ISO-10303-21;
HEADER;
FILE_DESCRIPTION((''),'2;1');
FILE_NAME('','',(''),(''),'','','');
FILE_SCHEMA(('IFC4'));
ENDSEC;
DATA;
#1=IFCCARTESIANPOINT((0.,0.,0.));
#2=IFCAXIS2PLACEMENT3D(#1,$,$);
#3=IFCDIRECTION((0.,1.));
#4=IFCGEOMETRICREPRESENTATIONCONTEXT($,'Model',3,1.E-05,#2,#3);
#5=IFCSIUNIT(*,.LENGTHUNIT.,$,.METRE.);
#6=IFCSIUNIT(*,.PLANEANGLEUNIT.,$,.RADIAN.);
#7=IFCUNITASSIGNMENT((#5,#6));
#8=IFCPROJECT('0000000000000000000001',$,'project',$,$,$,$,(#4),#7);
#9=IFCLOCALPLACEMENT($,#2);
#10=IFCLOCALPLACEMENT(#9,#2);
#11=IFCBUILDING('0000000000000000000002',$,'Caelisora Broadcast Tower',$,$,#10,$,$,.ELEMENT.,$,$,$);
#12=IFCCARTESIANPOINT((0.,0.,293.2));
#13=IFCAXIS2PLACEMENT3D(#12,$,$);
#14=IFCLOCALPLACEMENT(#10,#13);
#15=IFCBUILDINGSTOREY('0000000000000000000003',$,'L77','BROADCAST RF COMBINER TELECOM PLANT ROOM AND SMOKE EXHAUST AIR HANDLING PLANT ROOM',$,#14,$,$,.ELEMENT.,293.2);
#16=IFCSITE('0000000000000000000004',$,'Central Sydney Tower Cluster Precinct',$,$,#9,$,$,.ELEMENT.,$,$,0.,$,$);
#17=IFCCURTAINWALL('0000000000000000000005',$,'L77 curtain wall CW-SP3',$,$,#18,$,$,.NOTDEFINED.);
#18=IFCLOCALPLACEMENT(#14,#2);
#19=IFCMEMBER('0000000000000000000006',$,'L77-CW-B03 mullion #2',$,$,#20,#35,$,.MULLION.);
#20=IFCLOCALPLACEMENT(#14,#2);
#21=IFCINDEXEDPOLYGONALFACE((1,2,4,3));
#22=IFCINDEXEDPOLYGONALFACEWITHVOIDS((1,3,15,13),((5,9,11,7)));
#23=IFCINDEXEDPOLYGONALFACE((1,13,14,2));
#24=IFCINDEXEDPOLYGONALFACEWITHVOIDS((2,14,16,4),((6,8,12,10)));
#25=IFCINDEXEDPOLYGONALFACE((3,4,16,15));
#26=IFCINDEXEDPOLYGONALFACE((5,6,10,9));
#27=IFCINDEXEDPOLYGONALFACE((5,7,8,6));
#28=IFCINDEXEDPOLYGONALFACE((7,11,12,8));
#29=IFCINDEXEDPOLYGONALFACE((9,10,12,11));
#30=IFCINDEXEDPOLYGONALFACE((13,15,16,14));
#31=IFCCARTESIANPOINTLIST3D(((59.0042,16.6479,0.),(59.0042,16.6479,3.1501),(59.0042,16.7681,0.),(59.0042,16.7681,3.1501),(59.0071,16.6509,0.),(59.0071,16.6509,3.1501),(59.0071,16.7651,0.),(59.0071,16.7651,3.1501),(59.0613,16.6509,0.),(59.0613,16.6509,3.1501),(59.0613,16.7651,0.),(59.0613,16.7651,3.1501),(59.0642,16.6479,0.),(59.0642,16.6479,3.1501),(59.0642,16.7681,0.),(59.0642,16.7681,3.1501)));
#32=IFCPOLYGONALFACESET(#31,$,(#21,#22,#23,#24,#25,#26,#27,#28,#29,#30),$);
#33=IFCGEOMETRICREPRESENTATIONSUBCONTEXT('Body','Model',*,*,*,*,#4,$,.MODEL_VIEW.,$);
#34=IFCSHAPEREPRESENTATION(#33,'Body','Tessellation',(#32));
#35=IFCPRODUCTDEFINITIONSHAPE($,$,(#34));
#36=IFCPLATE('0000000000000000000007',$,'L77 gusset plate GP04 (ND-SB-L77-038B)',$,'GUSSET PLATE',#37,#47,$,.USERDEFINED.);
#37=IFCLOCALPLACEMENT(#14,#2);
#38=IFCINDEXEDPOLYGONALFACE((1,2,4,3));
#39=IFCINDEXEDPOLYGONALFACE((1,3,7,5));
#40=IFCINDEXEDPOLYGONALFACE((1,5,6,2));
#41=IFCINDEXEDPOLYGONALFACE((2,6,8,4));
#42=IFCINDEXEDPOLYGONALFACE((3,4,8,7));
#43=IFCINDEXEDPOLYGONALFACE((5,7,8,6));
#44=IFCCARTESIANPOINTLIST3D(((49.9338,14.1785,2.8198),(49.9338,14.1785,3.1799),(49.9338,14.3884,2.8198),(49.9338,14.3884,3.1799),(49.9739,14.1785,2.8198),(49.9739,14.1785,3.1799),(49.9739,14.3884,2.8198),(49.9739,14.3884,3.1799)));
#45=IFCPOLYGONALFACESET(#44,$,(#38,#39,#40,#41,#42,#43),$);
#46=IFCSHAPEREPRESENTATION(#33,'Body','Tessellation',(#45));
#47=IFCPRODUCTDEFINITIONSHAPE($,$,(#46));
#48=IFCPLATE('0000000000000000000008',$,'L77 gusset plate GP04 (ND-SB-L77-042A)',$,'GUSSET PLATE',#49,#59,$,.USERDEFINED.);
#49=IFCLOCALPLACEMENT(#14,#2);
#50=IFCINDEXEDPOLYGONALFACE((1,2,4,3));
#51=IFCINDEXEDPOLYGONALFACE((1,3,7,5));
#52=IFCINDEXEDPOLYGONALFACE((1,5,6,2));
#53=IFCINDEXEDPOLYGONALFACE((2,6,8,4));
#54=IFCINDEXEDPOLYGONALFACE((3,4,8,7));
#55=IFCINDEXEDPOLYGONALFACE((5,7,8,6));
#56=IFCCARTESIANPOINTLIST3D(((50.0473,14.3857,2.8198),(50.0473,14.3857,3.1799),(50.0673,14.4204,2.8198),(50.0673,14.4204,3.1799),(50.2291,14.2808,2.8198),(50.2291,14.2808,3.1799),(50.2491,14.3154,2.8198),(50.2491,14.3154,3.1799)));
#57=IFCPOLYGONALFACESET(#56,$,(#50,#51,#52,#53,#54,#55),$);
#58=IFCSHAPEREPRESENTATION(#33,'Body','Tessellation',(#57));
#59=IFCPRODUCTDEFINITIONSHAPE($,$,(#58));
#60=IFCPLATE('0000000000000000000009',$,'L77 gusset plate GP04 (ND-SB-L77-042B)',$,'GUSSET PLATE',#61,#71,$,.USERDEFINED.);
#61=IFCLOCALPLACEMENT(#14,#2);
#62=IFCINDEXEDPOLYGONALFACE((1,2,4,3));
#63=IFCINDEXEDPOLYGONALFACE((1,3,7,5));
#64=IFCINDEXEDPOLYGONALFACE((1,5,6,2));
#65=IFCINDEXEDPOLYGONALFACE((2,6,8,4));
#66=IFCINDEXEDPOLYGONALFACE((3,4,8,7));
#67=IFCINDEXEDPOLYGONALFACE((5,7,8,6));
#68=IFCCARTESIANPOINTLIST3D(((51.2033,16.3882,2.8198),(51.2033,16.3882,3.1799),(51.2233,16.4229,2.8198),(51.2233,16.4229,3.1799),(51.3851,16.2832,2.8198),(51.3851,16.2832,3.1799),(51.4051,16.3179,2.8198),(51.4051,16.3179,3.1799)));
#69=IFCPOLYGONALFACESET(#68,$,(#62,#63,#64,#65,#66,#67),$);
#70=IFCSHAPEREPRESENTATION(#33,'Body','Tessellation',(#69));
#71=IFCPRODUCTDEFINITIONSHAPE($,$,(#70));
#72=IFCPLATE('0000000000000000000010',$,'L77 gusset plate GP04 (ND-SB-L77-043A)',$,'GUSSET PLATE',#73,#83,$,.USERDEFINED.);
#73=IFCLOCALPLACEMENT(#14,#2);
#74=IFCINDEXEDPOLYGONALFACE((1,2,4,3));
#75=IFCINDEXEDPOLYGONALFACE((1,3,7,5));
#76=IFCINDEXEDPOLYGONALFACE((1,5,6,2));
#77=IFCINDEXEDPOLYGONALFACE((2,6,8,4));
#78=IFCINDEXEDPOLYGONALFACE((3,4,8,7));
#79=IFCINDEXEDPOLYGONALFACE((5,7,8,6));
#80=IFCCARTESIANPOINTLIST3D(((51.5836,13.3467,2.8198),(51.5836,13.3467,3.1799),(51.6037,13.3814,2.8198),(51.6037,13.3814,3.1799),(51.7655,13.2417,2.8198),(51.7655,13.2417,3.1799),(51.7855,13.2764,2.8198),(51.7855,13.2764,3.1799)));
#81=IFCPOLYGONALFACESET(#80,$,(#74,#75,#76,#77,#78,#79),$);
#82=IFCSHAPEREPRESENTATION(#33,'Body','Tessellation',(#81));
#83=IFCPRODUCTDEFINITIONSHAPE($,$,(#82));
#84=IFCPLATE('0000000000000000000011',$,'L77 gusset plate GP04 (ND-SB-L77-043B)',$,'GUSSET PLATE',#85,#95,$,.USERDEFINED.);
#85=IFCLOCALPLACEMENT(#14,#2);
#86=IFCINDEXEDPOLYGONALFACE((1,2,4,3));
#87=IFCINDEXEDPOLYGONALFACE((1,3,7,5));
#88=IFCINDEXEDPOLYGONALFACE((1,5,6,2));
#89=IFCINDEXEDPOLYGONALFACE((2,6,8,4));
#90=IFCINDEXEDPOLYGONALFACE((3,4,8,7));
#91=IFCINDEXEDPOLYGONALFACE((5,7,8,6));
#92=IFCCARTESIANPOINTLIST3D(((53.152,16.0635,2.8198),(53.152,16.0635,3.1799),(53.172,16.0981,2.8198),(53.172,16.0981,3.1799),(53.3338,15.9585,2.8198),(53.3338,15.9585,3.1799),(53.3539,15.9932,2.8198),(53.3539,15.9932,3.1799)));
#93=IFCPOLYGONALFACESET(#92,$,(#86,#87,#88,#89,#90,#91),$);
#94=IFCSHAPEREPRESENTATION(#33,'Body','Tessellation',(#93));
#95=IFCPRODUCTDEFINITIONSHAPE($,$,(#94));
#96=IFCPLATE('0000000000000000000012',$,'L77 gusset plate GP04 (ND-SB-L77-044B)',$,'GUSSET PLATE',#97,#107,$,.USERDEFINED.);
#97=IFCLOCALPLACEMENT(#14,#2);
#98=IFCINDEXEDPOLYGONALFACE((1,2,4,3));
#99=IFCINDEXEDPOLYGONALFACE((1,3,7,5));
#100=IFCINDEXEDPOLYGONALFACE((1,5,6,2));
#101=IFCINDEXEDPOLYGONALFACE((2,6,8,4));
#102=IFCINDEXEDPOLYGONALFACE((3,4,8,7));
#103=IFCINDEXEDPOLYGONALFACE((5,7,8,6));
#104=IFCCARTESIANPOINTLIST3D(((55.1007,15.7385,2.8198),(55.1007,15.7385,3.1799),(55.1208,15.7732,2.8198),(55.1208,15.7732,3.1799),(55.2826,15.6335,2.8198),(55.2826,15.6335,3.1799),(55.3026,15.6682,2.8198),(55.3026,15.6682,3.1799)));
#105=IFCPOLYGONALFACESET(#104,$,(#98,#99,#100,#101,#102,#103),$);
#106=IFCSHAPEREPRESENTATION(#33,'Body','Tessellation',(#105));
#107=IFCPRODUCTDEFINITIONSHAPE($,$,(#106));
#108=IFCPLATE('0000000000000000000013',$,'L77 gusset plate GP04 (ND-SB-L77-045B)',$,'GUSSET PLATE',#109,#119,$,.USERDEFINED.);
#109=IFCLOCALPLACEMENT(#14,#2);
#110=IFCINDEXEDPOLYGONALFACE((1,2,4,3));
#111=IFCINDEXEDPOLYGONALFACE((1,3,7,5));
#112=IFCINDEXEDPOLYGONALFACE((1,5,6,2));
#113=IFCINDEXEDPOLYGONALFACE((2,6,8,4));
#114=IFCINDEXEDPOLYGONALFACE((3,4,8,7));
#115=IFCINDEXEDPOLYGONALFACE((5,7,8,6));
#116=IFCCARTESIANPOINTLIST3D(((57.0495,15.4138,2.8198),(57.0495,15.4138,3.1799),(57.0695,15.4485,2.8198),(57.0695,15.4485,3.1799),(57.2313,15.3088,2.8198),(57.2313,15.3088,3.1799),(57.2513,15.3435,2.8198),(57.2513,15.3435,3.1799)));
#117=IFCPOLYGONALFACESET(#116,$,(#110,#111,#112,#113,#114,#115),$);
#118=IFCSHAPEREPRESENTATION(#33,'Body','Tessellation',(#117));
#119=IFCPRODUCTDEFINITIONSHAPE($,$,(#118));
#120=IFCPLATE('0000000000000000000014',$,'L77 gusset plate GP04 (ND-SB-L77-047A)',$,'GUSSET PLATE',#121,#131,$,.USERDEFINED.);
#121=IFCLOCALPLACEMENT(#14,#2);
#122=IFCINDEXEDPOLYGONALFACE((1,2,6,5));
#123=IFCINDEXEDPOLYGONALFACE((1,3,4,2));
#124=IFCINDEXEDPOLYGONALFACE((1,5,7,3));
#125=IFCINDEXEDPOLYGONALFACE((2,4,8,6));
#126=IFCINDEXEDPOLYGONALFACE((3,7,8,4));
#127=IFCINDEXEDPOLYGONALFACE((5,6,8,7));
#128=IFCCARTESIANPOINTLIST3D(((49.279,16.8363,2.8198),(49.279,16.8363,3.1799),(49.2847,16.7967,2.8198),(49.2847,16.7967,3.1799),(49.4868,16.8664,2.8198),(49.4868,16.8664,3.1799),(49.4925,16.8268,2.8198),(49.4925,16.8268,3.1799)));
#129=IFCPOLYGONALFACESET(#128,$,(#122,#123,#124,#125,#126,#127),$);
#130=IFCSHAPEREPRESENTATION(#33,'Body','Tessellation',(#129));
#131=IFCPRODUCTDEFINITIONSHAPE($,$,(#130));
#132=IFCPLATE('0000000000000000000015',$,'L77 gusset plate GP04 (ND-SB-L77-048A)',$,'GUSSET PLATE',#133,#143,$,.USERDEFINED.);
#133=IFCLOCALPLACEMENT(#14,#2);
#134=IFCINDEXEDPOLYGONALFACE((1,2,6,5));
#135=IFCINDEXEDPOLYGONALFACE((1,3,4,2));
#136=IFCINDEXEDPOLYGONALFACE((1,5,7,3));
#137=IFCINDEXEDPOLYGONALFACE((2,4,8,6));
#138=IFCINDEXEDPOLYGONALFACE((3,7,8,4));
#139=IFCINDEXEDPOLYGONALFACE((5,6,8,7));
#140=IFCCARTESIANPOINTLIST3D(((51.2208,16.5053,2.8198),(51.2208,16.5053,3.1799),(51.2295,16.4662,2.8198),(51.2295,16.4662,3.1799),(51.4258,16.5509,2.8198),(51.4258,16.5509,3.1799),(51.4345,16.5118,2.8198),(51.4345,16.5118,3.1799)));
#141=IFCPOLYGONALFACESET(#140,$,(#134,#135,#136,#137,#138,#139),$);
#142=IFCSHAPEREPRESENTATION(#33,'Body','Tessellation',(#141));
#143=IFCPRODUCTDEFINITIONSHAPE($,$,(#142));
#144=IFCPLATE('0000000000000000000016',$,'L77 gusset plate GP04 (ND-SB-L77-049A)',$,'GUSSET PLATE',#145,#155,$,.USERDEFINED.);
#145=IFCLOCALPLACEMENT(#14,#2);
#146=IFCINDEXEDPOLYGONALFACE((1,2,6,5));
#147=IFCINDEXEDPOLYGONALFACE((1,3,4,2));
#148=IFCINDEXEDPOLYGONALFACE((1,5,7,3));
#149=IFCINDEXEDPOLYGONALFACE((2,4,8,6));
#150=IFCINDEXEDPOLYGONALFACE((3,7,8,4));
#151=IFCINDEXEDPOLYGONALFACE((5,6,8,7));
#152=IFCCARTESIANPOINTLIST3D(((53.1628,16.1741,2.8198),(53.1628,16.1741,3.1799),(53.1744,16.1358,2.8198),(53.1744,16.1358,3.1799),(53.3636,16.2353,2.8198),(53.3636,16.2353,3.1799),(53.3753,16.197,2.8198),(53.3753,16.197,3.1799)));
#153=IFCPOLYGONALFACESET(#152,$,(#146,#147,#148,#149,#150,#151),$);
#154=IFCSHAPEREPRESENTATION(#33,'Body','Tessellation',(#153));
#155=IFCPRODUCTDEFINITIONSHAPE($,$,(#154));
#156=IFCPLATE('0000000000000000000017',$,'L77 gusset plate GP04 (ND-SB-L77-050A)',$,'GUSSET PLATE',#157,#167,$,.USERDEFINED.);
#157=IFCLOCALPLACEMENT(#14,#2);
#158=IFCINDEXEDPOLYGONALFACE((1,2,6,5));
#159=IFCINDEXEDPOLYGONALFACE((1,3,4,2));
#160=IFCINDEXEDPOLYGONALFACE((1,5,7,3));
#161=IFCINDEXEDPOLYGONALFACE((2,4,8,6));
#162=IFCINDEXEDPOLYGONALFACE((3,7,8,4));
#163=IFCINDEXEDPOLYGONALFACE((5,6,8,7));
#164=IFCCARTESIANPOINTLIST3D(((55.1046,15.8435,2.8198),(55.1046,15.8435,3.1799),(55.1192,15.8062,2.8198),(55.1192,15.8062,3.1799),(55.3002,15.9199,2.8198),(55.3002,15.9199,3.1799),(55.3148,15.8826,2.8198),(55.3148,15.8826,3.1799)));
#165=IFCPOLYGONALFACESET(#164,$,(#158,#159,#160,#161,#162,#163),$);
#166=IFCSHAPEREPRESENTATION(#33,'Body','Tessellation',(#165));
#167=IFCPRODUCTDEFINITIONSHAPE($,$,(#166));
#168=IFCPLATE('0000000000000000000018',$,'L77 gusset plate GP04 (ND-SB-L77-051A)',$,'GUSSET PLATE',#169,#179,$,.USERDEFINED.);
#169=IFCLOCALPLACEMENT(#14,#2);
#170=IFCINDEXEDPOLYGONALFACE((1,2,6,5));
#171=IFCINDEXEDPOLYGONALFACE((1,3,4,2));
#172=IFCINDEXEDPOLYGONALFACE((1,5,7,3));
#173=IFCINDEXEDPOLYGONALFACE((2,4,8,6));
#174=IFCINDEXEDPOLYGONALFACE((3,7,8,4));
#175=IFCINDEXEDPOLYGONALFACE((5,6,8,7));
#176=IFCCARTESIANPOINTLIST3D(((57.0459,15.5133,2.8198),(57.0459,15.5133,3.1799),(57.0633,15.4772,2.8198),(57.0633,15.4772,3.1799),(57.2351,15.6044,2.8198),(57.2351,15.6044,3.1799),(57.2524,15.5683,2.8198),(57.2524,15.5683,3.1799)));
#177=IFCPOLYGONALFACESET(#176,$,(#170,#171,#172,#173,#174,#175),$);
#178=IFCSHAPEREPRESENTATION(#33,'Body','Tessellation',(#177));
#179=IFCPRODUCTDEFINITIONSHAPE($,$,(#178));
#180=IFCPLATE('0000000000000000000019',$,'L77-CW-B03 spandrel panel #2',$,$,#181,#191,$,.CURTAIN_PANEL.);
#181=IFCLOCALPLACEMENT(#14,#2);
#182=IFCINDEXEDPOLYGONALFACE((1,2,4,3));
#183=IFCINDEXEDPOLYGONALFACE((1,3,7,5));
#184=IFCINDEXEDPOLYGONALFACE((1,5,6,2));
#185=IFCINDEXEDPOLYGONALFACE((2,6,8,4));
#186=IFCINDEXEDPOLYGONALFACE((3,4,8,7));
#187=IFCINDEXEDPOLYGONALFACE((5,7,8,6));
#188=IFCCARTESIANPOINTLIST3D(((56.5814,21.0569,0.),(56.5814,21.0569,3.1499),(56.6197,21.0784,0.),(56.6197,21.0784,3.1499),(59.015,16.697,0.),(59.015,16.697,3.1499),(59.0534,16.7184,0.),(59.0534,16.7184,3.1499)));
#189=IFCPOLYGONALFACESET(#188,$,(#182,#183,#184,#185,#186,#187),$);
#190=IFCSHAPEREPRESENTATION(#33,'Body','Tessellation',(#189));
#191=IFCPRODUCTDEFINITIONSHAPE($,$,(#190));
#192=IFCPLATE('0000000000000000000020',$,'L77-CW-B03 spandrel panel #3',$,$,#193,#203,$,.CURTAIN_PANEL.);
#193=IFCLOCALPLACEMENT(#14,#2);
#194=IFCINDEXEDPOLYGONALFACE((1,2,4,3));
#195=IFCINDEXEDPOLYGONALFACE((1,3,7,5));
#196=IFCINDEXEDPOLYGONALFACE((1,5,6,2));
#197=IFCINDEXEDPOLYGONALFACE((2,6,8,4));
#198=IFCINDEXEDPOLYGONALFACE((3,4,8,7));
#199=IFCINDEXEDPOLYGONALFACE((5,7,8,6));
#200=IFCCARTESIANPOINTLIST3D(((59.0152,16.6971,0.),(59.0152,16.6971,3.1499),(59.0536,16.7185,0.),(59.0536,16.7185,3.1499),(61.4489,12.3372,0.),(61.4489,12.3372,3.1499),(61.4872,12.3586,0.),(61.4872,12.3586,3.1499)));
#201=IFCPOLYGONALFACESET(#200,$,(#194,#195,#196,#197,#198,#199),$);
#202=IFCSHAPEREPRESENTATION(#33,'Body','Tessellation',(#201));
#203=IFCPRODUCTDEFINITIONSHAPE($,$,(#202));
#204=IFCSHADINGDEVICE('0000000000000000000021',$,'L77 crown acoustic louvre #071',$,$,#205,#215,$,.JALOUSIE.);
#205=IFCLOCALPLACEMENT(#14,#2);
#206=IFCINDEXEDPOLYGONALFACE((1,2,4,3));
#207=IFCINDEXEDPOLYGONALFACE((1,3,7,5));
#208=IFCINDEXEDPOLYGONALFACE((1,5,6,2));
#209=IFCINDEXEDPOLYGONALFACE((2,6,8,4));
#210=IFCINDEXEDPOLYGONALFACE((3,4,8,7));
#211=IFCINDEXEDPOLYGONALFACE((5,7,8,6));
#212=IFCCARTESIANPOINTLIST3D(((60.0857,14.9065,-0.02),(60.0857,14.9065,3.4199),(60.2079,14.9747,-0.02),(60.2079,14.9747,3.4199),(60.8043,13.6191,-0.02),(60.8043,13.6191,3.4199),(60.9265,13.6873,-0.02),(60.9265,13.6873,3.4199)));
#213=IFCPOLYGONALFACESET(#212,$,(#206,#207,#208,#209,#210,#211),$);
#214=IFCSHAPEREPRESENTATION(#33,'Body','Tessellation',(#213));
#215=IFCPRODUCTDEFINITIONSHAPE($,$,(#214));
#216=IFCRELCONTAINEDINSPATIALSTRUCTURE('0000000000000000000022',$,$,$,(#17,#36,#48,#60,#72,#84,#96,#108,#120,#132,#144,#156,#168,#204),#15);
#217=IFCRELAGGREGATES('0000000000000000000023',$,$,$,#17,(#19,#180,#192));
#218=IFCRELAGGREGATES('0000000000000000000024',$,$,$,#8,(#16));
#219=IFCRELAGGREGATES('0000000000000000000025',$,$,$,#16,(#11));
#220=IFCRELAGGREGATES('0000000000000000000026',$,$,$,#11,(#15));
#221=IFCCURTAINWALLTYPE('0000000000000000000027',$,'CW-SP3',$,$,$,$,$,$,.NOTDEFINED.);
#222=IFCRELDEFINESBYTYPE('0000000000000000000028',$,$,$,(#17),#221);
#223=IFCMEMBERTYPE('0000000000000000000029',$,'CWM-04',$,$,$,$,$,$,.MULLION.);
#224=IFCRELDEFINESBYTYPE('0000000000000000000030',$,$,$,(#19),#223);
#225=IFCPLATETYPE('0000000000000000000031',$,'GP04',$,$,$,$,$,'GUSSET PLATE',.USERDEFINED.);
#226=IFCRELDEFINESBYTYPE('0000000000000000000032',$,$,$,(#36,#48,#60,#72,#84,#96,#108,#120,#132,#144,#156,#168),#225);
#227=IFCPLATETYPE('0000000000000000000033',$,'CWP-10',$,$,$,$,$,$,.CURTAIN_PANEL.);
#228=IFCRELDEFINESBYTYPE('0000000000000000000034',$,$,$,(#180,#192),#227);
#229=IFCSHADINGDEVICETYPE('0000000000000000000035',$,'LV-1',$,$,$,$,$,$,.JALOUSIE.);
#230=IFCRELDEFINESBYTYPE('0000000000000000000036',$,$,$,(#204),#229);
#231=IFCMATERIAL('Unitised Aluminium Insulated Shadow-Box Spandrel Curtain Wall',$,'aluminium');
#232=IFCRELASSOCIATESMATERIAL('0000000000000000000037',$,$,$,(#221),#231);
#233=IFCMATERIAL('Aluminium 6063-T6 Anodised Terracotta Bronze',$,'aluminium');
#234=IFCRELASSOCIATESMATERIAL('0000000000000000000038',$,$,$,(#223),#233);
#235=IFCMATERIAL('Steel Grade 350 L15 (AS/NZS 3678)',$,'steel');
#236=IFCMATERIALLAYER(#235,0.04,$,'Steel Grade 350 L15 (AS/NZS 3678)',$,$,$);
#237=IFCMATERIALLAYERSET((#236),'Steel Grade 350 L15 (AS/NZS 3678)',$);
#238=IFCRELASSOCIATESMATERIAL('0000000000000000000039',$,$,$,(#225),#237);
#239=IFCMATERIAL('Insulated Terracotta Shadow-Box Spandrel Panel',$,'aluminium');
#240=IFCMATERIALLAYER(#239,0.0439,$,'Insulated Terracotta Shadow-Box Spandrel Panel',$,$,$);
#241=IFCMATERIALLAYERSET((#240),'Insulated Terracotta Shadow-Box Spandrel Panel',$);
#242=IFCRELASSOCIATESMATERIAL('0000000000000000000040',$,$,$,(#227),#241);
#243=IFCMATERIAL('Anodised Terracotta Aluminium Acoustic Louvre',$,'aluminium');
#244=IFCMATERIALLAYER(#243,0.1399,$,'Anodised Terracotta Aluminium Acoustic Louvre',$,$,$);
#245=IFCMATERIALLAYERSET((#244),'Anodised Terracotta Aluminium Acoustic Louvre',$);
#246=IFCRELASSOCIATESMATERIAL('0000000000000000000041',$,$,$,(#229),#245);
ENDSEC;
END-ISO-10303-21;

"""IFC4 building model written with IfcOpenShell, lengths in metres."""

from ifc_helpers import new_model, si_unit, direction, frame, origin, origin_2d, place, context, subcontext, project, spatial, rectangle, hollow_rectangle, extrude, source, transform, mapped, material, layer, layer_set, material_profile, profile_set, type_object, type_shapes, element, aggregate, save


model = new_model("IFC4")

# Units and contexts
model_context = context("Model", 3, precision=1e-05, world=origin(), true_north=direction((0.0, 1.0)))
body_context = subcontext(model_context, "Body", "Model", "MODEL_VIEW")
ifc_project = project(units=[si_unit("LENGTHUNIT", "METRE"), si_unit("PLANEANGLEUNIT", "RADIAN")], contexts=[model_context])

# Site, building, storey
site_placement = place(None, origin())
site = spatial("IfcSite", under=ifc_project, at=site_placement, Name="Central Sydney Tower Cluster Precinct", CompositionType="ELEMENT", RefElevation=0.0)
building_placement = place(site_placement, origin())
building = spatial("IfcBuilding", under=site, at=building_placement, Name="Caelisora Broadcast Tower", CompositionType="ELEMENT")
storey_placement = place(building_placement, frame((0.0, 0.0, 293.2)))
storey = spatial("IfcBuildingStorey", under=building, at=storey_placement, Name="L77", Description="BROADCAST RF COMBINER TELECOM PLANT ROOM AND SMOKE EXHAUST AIR HANDLING PLANT ROOM", CompositionType="ELEMENT", Elevation=293.2)

# Curtain wall, member
ifc_material_1 = material(Name="Unitised Aluminium Insulated Shadow-Box Spandrel Curtain Wall", Category="aluminium")
curtain_wall_type = type_object("IfcCurtainWallType", Name="CW-SP3", PredefinedType="NOTDEFINED", material=ifc_material_1)
curtain_wall_placement = place(storey_placement, origin())
curtain_wall = element("IfcCurtainWall", 1, at=curtain_wall_placement, inside=storey, type_object=curtain_wall_type, Name="L77 curtain wall CW-SP3", PredefinedType="NOTDEFINED")
ifc_material_2 = material(Name="Aluminium 6063-T6 Anodised Terracotta Bronze", Category="aluminium")
ifc_material_profile_1 = material_profile(ifc_material_2, hollow_rectangle(XDim=0.0601, YDim=0.1201, WallThickness=0.0029, at=origin_2d()), Name="Aluminium 6063-T6 Anodised Terracotta Bronze")
ifc_profile_set_1 = profile_set([ifc_material_profile_1], Name="Aluminium 6063-T6 Anodised Terracotta Bronze")
member_type = type_object("IfcMemberType", Name="CWM-04", PredefinedType="MULLION", material=ifc_profile_set_1)
shared_shape_1 = source(origin(), body_context, "Body", "SweptSolid", [
    extrude(hollow_rectangle(XDim=0.0601, YDim=0.1201, WallThickness=0.0029, at=origin_2d()), origin(), (0.0, 0.0, 1.0), 3.1501),
])
type_shapes(member_type, [shared_shape_1])
member_1_placement = place(storey_placement, frame((59.0342, 16.708, 0.0), z_axis=(0.0, 0.0, 1.0), x_axis=(1.0, 0.0, 0.0)))
member_1 = element("IfcMember", 2, at=member_1_placement, type_object=member_type, Name="L77-CW-B03 mullion #2", PredefinedType="MULLION", context=body_context, shape_type="MappedRepresentation", body=[
    mapped(shared_shape_1, transform((0.0, 0.0, 0.0), scale=1.0)),
])

# Plates
ifc_material_3 = material(Name="Steel Grade 350 L15 (AS/NZS 3678)", Category="steel")
ifc_layer_1 = layer(ifc_material_3, 0.04, Name="Steel Grade 350 L15 (AS/NZS 3678)")
ifc_layer_set_1 = layer_set([ifc_layer_1], Name="Steel Grade 350 L15 (AS/NZS 3678)")
plate_type_1 = type_object("IfcPlateType", Name="GP04", ElementType="GUSSET PLATE", PredefinedType="USERDEFINED", material=ifc_layer_set_1)
shared_shape_2 = source(origin(), body_context, "Body", "SweptSolid", [
    extrude(rectangle(XDim=0.21, YDim=0.04, at=origin_2d()), origin(), (0.0, 0.0, 1.0), 0.3601),
])
type_shapes(plate_type_1, [shared_shape_2])
for number, where, z_axis, x_axis, name in (
    (3, (49.9539, 14.2834, 2.8198), (0.0, 0.0, 1.0), (0.0, 1.0, 0.0), "L77 gusset plate GP04 (ND-SB-L77-038B)"),
    (4, (50.1482, 14.3506, 2.8198), (0.0, 0.0, 1.0), (-0.866025, 0.5, 0.0), "L77 gusset plate GP04 (ND-SB-L77-042A)"),
    (5, (51.3042, 16.353, 2.8198), (0.0, 0.0, 1.0), (-0.866025, 0.5, 0.0), "L77 gusset plate GP04 (ND-SB-L77-042B)"),
    (6, (51.6846, 13.3115, 2.8198), (0.0, 0.0, 1.0), (-0.866025, 0.5, 0.0), "L77 gusset plate GP04 (ND-SB-L77-043A)"),
    (7, (53.2529, 16.0283, 2.8198), (0.0, 0.0, 1.0), (-0.866025, 0.5, 0.0), "L77 gusset plate GP04 (ND-SB-L77-043B)"),
    (8, (55.2017, 15.7034, 2.8198), (0.0, 0.0, 1.0), (-0.866025, 0.5, 0.0), "L77 gusset plate GP04 (ND-SB-L77-044B)"),
    (9, (57.1504, 15.3787, 2.8198), (0.0, 0.0, 1.0), (-0.866025, 0.5, 0.0), "L77 gusset plate GP04 (ND-SB-L77-045B)"),
    (10, (49.3857, 16.8315, 2.8198), (0.0, 0.0, 1.0), (-0.989676, -0.14332, 0.0), "L77 gusset plate GP04 (ND-SB-L77-047A)"),
    (11, (51.3276, 16.5085, 2.8198), (0.0, 0.0, 1.0), (-0.976107, -0.217292, 0.0), "L77 gusset plate GP04 (ND-SB-L77-048A)"),
    (12, (53.269, 16.1855, 2.8198), (0.0, 0.0, 1.0), (-0.956661, -0.291203, 0.0), "L77 gusset plate GP04 (ND-SB-L77-049A)"),
    (13, (55.2097, 15.863, 2.8198), (0.0, 0.0, 1.0), (-0.931501, -0.363739, 0.0), "L77 gusset plate GP04 (ND-SB-L77-050A)"),
    (14, (57.1492, 15.5408, 2.8198), (0.0, 0.0, 1.0), (-0.901001, -0.433816, 0.0), "L77 gusset plate GP04 (ND-SB-L77-051A)"),
):
    element("IfcPlate", number, at=place(storey_placement, frame(where, z_axis=z_axis, x_axis=x_axis)), inside=storey, type_object=plate_type_1, Name=name, ObjectType="GUSSET PLATE", PredefinedType="USERDEFINED", context=body_context, shape_type="MappedRepresentation", body=[
        mapped(shared_shape_2, transform((0.0, 0.0, 0.0), scale=1.0)),
    ])

# Plates
ifc_material_4 = material(Name="Insulated Terracotta Shadow-Box Spandrel Panel", Category="aluminium")
ifc_layer_2 = layer(ifc_material_4, 0.0439, Name="Insulated Terracotta Shadow-Box Spandrel Panel")
ifc_layer_set_2 = layer_set([ifc_layer_2], Name="Insulated Terracotta Shadow-Box Spandrel Panel")
plate_type_2 = type_object("IfcPlateType", Name="CWP-10", PredefinedType="CURTAIN_PANEL", material=ifc_layer_set_2)
shared_shape_3 = source(origin(), body_context, "Body", "SweptSolid", [
    extrude(rectangle(XDim=4.9932, YDim=0.0439, at=origin_2d()), origin(), (0.0, 0.0, 1.0), 3.1499),
])
type_shapes(plate_type_2, [shared_shape_3])
plate_1_placement = place(storey_placement, frame((57.8174, 18.8877, 0.0), z_axis=(0.0, 0.0, 1.0), x_axis=(0.487403, -0.873177, 0.0)))
plate_1 = element("IfcPlate", 15, at=plate_1_placement, type_object=plate_type_2, Name="L77-CW-B03 spandrel panel #2", PredefinedType="CURTAIN_PANEL", context=body_context, shape_type="MappedRepresentation", body=[
    mapped(shared_shape_3, transform((0.0, 0.0, 0.0), scale=1.0)),
])
plate_2_placement = place(storey_placement, frame((60.2512, 14.5278, 0.0), z_axis=(0.0, 0.0, 1.0), x_axis=(0.487403, -0.873177, 0.0)))
plate_2 = element("IfcPlate", 16, at=plate_2_placement, type_object=plate_type_2, Name="L77-CW-B03 spandrel panel #3", PredefinedType="CURTAIN_PANEL", context=body_context, shape_type="MappedRepresentation", body=[
    mapped(shared_shape_3, transform((0.0, 0.0, 0.0), scale=1.0)),
])
aggregate(curtain_wall, [member_1, plate_1, plate_2])

# Shading device
ifc_material_5 = material(Name="Anodised Terracotta Aluminium Acoustic Louvre", Category="aluminium")
ifc_layer_3 = layer(ifc_material_5, 0.1399, Name="Anodised Terracotta Aluminium Acoustic Louvre")
ifc_layer_set_3 = layer_set([ifc_layer_3], Name="Anodised Terracotta Aluminium Acoustic Louvre")
shading_device_type = type_object("IfcShadingDeviceType", Name="LV-1", PredefinedType="JALOUSIE", material=ifc_layer_set_3)
shared_shape_4 = source(origin(), body_context, "Body", "SweptSolid", [
    extrude(rectangle(XDim=1.4744, YDim=0.1399, at=origin_2d()), origin(), (0.0, 0.0, 1.0), 3.4399),
])
type_shapes(shading_device_type, [shared_shape_4])
for number, where, z_axis, x_axis, name in (
    (17, (60.5061, 14.2969, -0.02), (0.0, 0.0, 1.0), (-0.487403, 0.873177, 0.0), "L77 crown acoustic louvre #071"),
):
    element("IfcShadingDevice", number, at=place(storey_placement, frame(where, z_axis=z_axis, x_axis=x_axis)), inside=storey, type_object=shading_device_type, Name=name, PredefinedType="JALOUSIE", context=body_context, shape_type="MappedRepresentation", body=[
        mapped(shared_shape_4, transform((0.0, 0.0, 0.0), scale=1.0)),
    ])

save(model, "model.ifc")
